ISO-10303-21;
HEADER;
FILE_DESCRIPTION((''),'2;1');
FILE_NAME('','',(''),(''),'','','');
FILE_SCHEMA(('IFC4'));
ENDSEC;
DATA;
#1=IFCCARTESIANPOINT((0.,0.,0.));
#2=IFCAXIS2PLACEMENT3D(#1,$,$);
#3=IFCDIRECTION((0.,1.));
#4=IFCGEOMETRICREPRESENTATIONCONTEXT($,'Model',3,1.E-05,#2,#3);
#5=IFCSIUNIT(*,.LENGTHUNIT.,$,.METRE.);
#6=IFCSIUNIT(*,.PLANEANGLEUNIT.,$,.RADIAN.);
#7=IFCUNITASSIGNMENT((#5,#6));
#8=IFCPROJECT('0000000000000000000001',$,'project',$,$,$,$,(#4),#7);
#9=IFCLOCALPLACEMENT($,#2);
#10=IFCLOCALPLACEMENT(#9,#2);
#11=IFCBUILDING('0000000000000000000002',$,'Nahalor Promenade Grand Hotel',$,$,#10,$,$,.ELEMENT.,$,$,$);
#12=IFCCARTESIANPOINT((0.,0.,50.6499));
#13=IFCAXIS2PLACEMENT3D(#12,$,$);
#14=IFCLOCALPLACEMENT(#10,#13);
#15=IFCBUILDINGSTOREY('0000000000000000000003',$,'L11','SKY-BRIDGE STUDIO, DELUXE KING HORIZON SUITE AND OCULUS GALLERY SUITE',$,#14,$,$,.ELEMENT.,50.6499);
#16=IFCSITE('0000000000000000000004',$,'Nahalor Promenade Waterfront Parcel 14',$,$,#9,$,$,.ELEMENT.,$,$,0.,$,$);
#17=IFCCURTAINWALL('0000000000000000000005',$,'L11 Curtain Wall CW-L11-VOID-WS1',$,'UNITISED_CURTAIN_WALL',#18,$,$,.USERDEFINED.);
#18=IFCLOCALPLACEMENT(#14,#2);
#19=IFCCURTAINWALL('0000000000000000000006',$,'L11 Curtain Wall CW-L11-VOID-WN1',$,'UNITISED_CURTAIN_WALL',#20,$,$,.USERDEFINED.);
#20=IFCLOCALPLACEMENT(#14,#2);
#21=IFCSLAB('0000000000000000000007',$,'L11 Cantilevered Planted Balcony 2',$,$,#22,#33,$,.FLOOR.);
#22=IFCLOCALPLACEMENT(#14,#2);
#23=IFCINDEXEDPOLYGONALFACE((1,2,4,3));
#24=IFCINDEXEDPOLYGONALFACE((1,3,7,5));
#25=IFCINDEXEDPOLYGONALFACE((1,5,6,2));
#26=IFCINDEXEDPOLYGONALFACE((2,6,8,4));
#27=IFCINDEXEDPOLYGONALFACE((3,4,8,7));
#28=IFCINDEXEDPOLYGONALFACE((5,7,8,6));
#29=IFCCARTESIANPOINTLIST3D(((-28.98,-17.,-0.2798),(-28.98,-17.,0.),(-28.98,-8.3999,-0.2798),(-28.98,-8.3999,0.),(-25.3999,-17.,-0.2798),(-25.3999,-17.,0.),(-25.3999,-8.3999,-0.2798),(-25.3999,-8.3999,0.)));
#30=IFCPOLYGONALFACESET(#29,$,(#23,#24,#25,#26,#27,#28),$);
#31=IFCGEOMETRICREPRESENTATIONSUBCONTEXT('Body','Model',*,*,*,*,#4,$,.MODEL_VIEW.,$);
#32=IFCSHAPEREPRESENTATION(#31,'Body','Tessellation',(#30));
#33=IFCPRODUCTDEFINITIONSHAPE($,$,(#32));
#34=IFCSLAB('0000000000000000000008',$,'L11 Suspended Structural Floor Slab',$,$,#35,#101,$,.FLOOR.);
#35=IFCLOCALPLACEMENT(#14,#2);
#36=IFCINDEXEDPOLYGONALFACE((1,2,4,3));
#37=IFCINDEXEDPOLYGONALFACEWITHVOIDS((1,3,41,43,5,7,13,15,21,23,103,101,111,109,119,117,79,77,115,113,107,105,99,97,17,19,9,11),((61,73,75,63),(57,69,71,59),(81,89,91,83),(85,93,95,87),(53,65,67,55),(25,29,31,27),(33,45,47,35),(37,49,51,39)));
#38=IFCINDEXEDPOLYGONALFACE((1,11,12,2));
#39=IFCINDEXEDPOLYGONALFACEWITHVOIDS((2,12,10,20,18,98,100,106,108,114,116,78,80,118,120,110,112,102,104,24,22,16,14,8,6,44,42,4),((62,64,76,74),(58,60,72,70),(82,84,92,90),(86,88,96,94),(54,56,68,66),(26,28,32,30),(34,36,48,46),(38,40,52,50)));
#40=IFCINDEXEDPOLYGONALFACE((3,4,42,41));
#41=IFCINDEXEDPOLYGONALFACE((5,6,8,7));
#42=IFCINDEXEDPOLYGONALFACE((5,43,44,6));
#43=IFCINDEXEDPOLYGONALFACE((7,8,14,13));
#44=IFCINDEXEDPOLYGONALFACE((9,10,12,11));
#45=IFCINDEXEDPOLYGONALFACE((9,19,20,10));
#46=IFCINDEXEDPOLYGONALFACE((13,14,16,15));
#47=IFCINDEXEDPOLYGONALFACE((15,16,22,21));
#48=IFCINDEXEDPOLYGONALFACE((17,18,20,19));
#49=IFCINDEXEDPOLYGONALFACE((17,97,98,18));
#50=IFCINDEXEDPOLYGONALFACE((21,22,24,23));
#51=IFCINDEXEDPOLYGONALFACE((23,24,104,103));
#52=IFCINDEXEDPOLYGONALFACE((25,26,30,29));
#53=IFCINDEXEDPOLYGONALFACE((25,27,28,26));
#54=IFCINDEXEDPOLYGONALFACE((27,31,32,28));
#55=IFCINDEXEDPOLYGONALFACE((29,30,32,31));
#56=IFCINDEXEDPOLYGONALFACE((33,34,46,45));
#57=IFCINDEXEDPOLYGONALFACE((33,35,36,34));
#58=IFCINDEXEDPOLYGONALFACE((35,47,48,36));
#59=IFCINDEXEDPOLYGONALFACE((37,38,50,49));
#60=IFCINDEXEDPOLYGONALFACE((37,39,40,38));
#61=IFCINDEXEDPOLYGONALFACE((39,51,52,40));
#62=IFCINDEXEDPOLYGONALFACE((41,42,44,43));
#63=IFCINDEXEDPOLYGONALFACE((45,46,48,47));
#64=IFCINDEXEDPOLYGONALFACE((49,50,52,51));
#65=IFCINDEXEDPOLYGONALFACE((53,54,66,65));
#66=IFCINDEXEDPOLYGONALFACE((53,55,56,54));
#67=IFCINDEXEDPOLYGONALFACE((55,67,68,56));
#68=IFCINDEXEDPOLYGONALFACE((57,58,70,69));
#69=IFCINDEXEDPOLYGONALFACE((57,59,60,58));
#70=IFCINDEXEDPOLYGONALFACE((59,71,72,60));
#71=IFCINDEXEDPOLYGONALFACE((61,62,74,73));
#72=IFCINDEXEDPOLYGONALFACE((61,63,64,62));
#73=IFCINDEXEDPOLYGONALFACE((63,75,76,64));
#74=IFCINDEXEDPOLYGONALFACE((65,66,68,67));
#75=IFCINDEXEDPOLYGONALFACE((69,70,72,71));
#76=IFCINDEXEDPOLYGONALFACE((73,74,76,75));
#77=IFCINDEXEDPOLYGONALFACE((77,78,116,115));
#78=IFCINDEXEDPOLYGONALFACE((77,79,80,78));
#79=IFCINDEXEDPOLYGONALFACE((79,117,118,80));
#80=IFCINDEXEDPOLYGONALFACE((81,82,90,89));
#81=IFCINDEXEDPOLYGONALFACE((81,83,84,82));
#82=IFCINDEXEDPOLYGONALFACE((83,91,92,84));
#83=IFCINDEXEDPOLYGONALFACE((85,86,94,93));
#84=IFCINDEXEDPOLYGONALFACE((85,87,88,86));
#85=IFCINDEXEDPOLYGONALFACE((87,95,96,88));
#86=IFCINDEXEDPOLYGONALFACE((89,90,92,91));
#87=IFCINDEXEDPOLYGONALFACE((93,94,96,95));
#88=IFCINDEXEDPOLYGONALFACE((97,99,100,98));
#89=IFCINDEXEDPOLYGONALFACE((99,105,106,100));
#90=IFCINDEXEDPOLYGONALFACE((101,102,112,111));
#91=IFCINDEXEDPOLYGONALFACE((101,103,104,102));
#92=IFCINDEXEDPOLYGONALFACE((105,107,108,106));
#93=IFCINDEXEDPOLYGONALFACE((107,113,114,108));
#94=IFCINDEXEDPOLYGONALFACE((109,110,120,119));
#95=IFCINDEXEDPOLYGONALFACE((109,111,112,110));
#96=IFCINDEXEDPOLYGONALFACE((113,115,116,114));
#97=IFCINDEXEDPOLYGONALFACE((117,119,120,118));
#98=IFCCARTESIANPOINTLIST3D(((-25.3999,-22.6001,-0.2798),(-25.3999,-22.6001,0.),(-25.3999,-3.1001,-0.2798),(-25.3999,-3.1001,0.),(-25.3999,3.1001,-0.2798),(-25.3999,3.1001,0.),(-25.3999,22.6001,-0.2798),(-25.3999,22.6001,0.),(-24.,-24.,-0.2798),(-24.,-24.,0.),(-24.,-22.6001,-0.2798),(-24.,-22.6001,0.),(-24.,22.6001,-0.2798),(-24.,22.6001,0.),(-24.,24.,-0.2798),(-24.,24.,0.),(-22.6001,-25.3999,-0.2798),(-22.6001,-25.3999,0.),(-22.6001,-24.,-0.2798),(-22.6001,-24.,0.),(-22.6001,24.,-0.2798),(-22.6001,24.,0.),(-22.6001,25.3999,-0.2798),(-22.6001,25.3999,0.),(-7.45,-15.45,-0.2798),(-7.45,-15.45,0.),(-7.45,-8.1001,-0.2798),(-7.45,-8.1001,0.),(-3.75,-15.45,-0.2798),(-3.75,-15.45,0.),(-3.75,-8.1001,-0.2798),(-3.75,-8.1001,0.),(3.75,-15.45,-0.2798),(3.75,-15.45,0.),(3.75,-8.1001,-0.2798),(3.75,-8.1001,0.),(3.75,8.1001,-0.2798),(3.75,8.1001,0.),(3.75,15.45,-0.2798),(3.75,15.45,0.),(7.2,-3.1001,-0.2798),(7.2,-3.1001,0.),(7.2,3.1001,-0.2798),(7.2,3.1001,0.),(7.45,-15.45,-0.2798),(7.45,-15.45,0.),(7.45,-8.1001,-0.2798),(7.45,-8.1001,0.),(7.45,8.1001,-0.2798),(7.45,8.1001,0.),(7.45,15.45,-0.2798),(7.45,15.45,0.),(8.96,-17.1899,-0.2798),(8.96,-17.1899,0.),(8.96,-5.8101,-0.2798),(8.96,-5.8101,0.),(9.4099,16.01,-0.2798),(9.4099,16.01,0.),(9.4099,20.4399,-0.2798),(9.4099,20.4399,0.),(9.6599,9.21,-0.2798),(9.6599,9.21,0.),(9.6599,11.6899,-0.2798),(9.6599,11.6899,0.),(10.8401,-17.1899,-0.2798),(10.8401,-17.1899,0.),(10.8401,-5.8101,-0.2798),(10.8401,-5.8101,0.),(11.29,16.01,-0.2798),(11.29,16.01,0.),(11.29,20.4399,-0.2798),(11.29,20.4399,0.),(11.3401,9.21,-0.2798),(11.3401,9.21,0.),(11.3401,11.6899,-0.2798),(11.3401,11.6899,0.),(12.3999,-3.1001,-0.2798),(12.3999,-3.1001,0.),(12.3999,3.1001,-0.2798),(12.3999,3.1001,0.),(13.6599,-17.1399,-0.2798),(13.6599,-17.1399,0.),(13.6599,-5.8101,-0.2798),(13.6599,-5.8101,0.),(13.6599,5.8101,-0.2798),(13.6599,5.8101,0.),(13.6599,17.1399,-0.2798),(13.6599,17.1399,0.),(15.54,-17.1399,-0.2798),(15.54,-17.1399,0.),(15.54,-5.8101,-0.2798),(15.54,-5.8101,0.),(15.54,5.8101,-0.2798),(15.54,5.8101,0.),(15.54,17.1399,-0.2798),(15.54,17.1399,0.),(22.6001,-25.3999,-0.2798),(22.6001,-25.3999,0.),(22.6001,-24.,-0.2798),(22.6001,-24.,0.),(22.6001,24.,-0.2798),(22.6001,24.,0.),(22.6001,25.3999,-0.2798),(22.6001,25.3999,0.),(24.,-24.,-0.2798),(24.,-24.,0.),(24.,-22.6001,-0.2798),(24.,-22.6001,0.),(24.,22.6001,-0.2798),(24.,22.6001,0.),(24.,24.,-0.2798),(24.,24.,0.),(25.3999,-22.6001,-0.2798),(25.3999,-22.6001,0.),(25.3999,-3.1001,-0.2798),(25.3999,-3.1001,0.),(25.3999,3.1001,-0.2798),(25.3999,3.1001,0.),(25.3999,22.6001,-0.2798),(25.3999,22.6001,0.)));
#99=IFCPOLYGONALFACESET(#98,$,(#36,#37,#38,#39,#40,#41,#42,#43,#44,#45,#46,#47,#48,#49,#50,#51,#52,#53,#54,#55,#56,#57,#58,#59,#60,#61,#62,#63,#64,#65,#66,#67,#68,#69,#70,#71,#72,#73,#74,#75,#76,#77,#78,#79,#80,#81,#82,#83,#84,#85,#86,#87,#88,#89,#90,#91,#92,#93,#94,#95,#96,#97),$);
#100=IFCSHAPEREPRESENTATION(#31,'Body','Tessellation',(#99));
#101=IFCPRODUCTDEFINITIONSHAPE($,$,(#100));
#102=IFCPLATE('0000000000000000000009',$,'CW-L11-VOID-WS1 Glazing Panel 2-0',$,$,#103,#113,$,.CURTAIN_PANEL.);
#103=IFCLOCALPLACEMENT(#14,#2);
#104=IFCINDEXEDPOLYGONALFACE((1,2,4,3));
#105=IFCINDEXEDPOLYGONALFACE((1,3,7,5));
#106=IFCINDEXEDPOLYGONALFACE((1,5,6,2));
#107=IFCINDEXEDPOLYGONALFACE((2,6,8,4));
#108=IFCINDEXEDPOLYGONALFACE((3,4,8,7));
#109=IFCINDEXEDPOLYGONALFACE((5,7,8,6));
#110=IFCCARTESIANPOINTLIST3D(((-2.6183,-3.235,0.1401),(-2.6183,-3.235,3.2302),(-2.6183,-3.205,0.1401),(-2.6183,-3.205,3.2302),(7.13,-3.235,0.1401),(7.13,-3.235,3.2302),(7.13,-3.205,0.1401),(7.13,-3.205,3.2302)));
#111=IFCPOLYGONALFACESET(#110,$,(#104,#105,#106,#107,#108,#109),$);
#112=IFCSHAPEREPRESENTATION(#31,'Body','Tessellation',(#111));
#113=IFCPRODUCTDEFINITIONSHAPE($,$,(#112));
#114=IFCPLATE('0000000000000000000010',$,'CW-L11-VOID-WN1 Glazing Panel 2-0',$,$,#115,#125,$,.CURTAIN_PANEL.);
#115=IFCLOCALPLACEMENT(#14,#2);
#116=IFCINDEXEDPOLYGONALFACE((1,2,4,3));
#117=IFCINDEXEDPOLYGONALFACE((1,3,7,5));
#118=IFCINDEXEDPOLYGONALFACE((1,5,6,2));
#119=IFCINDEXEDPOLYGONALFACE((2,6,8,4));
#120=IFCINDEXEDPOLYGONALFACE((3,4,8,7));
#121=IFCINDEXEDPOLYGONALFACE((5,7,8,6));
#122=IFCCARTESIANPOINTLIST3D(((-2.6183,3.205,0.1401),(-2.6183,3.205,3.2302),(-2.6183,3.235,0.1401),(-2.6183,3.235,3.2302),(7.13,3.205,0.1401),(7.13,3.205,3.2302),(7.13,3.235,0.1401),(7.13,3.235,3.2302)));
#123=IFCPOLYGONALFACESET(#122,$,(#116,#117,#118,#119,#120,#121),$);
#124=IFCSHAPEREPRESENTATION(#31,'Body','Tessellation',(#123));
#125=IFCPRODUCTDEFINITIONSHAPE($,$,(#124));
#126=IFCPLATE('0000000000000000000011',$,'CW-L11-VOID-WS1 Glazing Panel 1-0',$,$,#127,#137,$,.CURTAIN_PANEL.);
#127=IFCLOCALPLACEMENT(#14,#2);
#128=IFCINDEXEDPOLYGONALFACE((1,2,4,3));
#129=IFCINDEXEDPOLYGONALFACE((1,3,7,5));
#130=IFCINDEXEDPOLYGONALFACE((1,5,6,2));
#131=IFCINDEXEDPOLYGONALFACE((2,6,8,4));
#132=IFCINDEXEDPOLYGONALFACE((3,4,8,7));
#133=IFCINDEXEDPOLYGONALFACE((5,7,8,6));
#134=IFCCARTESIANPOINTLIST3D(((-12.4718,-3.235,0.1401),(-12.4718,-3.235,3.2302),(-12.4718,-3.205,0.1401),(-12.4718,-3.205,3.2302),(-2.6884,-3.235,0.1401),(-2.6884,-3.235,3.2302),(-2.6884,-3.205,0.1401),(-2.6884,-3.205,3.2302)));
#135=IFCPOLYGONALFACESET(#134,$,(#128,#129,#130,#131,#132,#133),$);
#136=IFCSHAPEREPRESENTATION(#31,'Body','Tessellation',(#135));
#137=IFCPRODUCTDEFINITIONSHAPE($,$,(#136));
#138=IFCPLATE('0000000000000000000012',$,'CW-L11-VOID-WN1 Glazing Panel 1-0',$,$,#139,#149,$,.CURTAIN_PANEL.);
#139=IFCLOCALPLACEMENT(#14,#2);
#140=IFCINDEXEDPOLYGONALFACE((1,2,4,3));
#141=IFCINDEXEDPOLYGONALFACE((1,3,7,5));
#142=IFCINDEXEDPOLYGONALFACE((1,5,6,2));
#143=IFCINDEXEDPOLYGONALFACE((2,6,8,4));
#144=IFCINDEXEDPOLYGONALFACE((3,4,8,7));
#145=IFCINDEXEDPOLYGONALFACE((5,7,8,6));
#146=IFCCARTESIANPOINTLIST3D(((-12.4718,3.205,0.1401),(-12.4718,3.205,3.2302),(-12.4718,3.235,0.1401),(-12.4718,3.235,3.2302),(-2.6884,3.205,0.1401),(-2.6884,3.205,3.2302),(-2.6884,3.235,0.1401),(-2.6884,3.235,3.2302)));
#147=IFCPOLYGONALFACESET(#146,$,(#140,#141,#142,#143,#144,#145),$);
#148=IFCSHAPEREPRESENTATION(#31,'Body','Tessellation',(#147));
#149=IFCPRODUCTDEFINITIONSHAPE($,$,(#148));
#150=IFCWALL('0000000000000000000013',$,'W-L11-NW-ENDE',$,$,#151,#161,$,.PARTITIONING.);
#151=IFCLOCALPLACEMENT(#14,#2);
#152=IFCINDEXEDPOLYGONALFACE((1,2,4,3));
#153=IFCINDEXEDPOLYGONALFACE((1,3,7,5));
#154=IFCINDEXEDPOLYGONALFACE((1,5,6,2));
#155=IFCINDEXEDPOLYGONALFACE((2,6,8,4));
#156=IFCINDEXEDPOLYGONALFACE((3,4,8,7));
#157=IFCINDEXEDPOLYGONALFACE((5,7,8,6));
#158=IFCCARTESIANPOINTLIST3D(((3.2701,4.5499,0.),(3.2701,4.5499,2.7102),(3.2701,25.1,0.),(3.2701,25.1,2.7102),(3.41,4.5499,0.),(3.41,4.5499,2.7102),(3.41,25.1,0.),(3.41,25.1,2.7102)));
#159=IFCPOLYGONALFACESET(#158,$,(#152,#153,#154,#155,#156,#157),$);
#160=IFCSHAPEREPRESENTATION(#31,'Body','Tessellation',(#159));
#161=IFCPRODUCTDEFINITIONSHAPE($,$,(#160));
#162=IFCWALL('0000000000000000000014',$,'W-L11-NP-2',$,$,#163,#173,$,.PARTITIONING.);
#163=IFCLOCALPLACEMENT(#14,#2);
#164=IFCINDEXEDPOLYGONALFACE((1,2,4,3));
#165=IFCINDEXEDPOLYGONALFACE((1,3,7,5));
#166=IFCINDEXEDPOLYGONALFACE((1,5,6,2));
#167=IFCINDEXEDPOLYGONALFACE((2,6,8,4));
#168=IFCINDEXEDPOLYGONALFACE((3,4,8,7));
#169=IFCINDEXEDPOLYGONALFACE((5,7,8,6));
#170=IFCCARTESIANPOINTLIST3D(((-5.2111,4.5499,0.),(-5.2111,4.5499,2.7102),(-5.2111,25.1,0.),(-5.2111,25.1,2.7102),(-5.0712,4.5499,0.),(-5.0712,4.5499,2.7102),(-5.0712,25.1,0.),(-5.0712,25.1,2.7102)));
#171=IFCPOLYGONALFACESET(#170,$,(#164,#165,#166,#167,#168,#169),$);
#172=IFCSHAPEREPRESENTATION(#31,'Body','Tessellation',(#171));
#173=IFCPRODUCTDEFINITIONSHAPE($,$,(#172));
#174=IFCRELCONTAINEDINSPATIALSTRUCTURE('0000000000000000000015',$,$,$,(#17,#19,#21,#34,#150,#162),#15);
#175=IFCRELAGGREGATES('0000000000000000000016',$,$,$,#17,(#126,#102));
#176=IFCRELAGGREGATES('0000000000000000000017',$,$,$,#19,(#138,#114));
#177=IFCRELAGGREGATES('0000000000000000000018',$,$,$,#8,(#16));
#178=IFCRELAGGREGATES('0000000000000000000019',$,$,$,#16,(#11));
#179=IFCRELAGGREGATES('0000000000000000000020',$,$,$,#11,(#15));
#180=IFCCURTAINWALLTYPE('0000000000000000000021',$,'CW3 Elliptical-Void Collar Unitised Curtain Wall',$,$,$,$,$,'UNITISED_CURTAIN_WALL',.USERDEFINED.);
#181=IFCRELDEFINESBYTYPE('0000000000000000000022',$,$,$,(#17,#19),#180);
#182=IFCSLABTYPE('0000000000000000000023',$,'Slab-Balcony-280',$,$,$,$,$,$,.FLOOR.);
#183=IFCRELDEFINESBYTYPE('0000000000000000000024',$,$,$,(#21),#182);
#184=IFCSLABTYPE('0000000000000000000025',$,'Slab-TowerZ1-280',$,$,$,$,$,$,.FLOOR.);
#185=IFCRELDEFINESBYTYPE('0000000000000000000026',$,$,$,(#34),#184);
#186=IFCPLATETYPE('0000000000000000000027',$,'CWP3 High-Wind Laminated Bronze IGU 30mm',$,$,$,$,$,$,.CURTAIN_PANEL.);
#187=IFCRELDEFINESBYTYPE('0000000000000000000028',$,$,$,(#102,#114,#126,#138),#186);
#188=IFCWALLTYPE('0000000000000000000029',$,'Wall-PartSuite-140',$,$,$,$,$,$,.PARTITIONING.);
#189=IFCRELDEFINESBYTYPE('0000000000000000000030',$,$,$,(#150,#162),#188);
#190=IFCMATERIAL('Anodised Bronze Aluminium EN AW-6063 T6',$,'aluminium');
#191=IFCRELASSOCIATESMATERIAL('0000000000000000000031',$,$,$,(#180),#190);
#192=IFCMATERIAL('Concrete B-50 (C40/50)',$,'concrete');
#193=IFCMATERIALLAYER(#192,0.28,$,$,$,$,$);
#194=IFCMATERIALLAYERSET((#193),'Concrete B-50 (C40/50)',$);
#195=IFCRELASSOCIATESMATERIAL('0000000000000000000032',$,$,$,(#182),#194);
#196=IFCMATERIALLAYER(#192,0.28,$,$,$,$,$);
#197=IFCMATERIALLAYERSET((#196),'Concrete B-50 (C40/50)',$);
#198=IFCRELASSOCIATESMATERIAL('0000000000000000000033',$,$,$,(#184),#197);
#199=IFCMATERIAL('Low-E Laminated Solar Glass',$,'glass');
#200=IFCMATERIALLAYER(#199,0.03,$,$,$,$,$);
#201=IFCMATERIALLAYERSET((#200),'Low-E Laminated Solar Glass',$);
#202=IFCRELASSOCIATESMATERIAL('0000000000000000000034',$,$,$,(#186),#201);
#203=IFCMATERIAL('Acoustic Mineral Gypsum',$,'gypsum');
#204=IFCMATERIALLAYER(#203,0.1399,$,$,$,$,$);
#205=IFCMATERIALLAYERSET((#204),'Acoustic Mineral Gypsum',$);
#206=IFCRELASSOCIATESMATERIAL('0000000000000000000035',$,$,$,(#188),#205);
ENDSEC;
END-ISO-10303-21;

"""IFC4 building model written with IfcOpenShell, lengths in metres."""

from ifc_helpers import new_model, si_unit, direction, frame, frame_2d, origin, origin_2d, place, context, subcontext, project, spatial, polyline, rectangle, outline, extrude, source, transform, mapped, material, layer, layer_set, type_object, element, aggregate, save


model = new_model("IFC4")

# Units and contexts
model_context = context("Model", 3, precision=1e-05, world=origin(), true_north=direction((0.0, 1.0)))
body_context = subcontext(model_context, "Body", "Model", "MODEL_VIEW")
ifc_project = project(units=[si_unit("LENGTHUNIT", "METRE"), si_unit("PLANEANGLEUNIT", "RADIAN")], contexts=[model_context])

# Site, building, storey
site_placement = place(None, origin())
site = spatial("IfcSite", under=ifc_project, at=site_placement, Name="Nahalor Promenade Waterfront Parcel 14", CompositionType="ELEMENT", RefElevation=0.0)
building_placement = place(site_placement, origin())
building = spatial("IfcBuilding", under=site, at=building_placement, Name="Nahalor Promenade Grand Hotel", CompositionType="ELEMENT")
storey_placement = place(building_placement, frame((0.0, 0.0, 50.6499)))
storey = spatial("IfcBuildingStorey", under=building, at=storey_placement, Name="L11", Description="SKY-BRIDGE STUDIO, DELUXE KING HORIZON SUITE AND OCULUS GALLERY SUITE", CompositionType="ELEMENT", Elevation=50.6499)

# Curtain walls
ifc_material_1 = material(Name="Anodised Bronze Aluminium EN AW-6063 T6", Category="aluminium")
curtain_wall_type = type_object("IfcCurtainWallType", Name="CW3 Elliptical-Void Collar Unitised Curtain Wall", ElementType="UNITISED_CURTAIN_WALL", PredefinedType="USERDEFINED", material=ifc_material_1)
curtain_wall_1_placement = place(storey_placement, origin())
curtain_wall_1 = element("IfcCurtainWall", 1, at=curtain_wall_1_placement, inside=storey, type_object=curtain_wall_type, Name="L11 Curtain Wall CW-L11-VOID-WS1", ObjectType="UNITISED_CURTAIN_WALL", PredefinedType="USERDEFINED")
curtain_wall_2_placement = place(storey_placement, origin())
curtain_wall_2 = element("IfcCurtainWall", 2, at=curtain_wall_2_placement, inside=storey, type_object=curtain_wall_type, Name="L11 Curtain Wall CW-L11-VOID-WN1", ObjectType="UNITISED_CURTAIN_WALL", PredefinedType="USERDEFINED")

# Shared definitions
ifc_material_2 = material(Name="Concrete B-50 (C40/50)", Category="concrete")

# Slabs
ifc_layer_1 = layer(ifc_material_2, 0.28)
ifc_layer_set_1 = layer_set([ifc_layer_1], Name="Concrete B-50 (C40/50)")
slab_type_1 = type_object("IfcSlabType", Name="Slab-Balcony-280", PredefinedType="FLOOR", material=ifc_layer_set_1)
slab_1_placement = place(storey_placement, frame((0.0, 0.0, -0.2798)))
element("IfcSlab", 3, at=slab_1_placement, inside=storey, type_object=slab_type_1, Name="L11 Cantilevered Planted Balcony 2", PredefinedType="FLOOR", context=body_context, shape_type="SweptSolid", body=[
    extrude(outline(polyline([(-28.98, -17.0), (-25.3999, -17.0), (-25.3999, -8.3999), (-28.98, -8.3999), (-28.98, -17.0)])), origin(), (0.0, 0.0, 1.0), 0.2798),
])
ifc_layer_2 = layer(ifc_material_2, 0.28)
ifc_layer_set_2 = layer_set([ifc_layer_2], Name="Concrete B-50 (C40/50)")
slab_type_2 = type_object("IfcSlabType", Name="Slab-TowerZ1-280", PredefinedType="FLOOR", material=ifc_layer_set_2)
slab_2_placement = place(storey_placement, frame((0.0, 0.0, -0.2798)))
element("IfcSlab", 4, at=slab_2_placement, inside=storey, type_object=slab_type_2, Name="L11 Suspended Structural Floor Slab", PredefinedType="FLOOR", context=body_context, shape_type="SweptSolid", body=[
    extrude(outline(polyline([(-22.6001, -25.3999), (22.6001, -25.3999), (22.6001, -24.0), (24.0, -24.0), (24.0, -22.6001), (25.3999, -22.6001), (25.3999, -3.1001), (12.3999, -3.1001), (12.3999, 3.1001), (25.3999, 3.1001), (25.3999, 22.6001), (24.0, 22.6001), (24.0, 24.0), (22.6001, 24.0), (22.6001, 25.3999), (-22.6001, 25.3999), (-22.6001, 24.0), (-24.0, 24.0), (-24.0, 22.6001), (-25.3999, 22.6001), (-25.3999, 3.1001), (7.2, 3.1001), (7.2, -3.1001), (-25.3999, -3.1001), (-25.3999, -22.6001), (-24.0, -22.6001), (-24.0, -24.0), (-22.6001, -24.0), (-22.6001, -25.3999)]), holes=[polyline([(3.75, 8.1001), (7.45, 8.1001), (7.45, 15.45), (3.75, 15.45), (3.75, 8.1001)]), polyline([(3.75, -15.45), (7.45, -15.45), (7.45, -8.1001), (3.75, -8.1001), (3.75, -15.45)]), polyline([(-7.45, -15.45), (-3.75, -15.45), (-3.75, -8.1001), (-7.45, -8.1001), (-7.45, -15.45)]), polyline([(13.6599, 5.8101), (15.54, 5.8101), (15.54, 17.1399), (13.6599, 17.1399), (13.6599, 5.8101)]), polyline([(13.6599, -17.1399), (15.54, -17.1399), (15.54, -5.8101), (13.6599, -5.8101), (13.6599, -17.1399)]), polyline([(8.96, -17.1899), (10.8401, -17.1899), (10.8401, -5.8101), (8.96, -5.8101), (8.96, -17.1899)]), polyline([(9.4099, 16.01), (11.29, 16.01), (11.29, 20.4399), (9.4099, 20.4399), (9.4099, 16.01)]), polyline([(9.6599, 9.21), (11.3401, 9.21), (11.3401, 11.6899), (9.6599, 11.6899), (9.6599, 9.21)])]), origin(), (0.0, 0.0, 1.0), 0.2798),
])

# Plates
ifc_material_3 = material(Name="Low-E Laminated Solar Glass", Category="glass")
ifc_layer_3 = layer(ifc_material_3, 0.03)
ifc_layer_set_3 = layer_set([ifc_layer_3], Name="Low-E Laminated Solar Glass")
plate_type = type_object("IfcPlateType", Name="CWP3 High-Wind Laminated Bronze IGU 30mm", PredefinedType="CURTAIN_PANEL", material=ifc_layer_set_3)
shared_shape_1 = source(origin(), body_context, "Body", "SweptSolid", [
    extrude(rectangle(XDim=9.7483, YDim=0.03, at=origin_2d()), origin(), (0.0, 0.0, 1.0), 3.0901),
])
plate_1_placement = place(storey_placement, frame((2.2559, -3.22, 0.1401), z_axis=(0.0, 0.0, 1.0), x_axis=(1.0, 0.0, 0.0)))
plate_1 = element("IfcPlate", 5, at=plate_1_placement, type_object=plate_type, Name="CW-L11-VOID-WS1 Glazing Panel 2-0", PredefinedType="CURTAIN_PANEL", context=body_context, shape_type="MappedRepresentation", body=[
    mapped(shared_shape_1, transform((0.0, 0.0, 0.0), scale=1.0)),
])
plate_2_placement = place(storey_placement, frame((2.2559, 3.22, 0.1401), z_axis=(0.0, 0.0, 1.0), x_axis=(1.0, 0.0, 0.0)))
plate_2 = element("IfcPlate", 6, at=plate_2_placement, type_object=plate_type, Name="CW-L11-VOID-WN1 Glazing Panel 2-0", PredefinedType="CURTAIN_PANEL", context=body_context, shape_type="MappedRepresentation", body=[
    mapped(shared_shape_1, transform((0.0, 0.0, 0.0), scale=1.0)),
])
shared_shape_2 = source(origin(), body_context, "Body", "SweptSolid", [
    extrude(rectangle(XDim=9.7834, YDim=0.03, at=origin_2d()), origin(), (0.0, 0.0, 1.0), 3.0901),
])
plate_3_placement = place(storey_placement, frame((-7.5801, -3.22, 0.1401), z_axis=(0.0, 0.0, 1.0), x_axis=(1.0, 0.0, 0.0)))
plate_3 = element("IfcPlate", 7, at=plate_3_placement, type_object=plate_type, Name="CW-L11-VOID-WS1 Glazing Panel 1-0", PredefinedType="CURTAIN_PANEL", context=body_context, shape_type="MappedRepresentation", body=[
    mapped(shared_shape_2, transform((0.0, 0.0, 0.0), scale=1.0)),
])
aggregate(curtain_wall_1, [plate_3, plate_1])
plate_4_placement = place(storey_placement, frame((-7.5801, 3.22, 0.1401), z_axis=(0.0, 0.0, 1.0), x_axis=(1.0, 0.0, 0.0)))
plate_4 = element("IfcPlate", 8, at=plate_4_placement, type_object=plate_type, Name="CW-L11-VOID-WN1 Glazing Panel 1-0", PredefinedType="CURTAIN_PANEL", context=body_context, shape_type="MappedRepresentation", body=[
    mapped(shared_shape_2, transform((0.0, 0.0, 0.0), scale=1.0)),
])
aggregate(curtain_wall_2, [plate_4, plate_2])

# Walls
ifc_material_4 = material(Name="Acoustic Mineral Gypsum", Category="gypsum")
ifc_layer_4 = layer(ifc_material_4, 0.1399)
ifc_layer_set_4 = layer_set([ifc_layer_4], Name="Acoustic Mineral Gypsum")
wall_type = type_object("IfcWallType", Name="Wall-PartSuite-140", PredefinedType="PARTITIONING", material=ifc_layer_set_4)
shared_shape_3 = source(origin(), body_context, "Body", "SweptSolid", [
    extrude(rectangle(XDim=20.55, YDim=0.1399, at=frame_2d((10.2749, 0.0))), origin(), (0.0, 0.0, 1.0), 2.7102),
])
for number, where, z_axis, x_axis, name in (
    (9, (3.3401, 4.55, 0.0), (0.0, 0.0, 1.0), (0.0, 1.0, 0.0), "W-L11-NW-ENDE"),
    (10, (-5.1411, 4.55, 0.0), (0.0, 0.0, 1.0), (0.0, 1.0, 0.0), "W-L11-NP-2"),
):
    element("IfcWall", number, at=place(storey_placement, frame(where, z_axis=z_axis, x_axis=x_axis)), inside=storey, type_object=wall_type, Name=name, PredefinedType="PARTITIONING", context=body_context, shape_type="MappedRepresentation", body=[
        mapped(shared_shape_3, transform((0.0, 0.0, 0.0), scale=1.0)),
    ])

save(model, "model.ifc")
